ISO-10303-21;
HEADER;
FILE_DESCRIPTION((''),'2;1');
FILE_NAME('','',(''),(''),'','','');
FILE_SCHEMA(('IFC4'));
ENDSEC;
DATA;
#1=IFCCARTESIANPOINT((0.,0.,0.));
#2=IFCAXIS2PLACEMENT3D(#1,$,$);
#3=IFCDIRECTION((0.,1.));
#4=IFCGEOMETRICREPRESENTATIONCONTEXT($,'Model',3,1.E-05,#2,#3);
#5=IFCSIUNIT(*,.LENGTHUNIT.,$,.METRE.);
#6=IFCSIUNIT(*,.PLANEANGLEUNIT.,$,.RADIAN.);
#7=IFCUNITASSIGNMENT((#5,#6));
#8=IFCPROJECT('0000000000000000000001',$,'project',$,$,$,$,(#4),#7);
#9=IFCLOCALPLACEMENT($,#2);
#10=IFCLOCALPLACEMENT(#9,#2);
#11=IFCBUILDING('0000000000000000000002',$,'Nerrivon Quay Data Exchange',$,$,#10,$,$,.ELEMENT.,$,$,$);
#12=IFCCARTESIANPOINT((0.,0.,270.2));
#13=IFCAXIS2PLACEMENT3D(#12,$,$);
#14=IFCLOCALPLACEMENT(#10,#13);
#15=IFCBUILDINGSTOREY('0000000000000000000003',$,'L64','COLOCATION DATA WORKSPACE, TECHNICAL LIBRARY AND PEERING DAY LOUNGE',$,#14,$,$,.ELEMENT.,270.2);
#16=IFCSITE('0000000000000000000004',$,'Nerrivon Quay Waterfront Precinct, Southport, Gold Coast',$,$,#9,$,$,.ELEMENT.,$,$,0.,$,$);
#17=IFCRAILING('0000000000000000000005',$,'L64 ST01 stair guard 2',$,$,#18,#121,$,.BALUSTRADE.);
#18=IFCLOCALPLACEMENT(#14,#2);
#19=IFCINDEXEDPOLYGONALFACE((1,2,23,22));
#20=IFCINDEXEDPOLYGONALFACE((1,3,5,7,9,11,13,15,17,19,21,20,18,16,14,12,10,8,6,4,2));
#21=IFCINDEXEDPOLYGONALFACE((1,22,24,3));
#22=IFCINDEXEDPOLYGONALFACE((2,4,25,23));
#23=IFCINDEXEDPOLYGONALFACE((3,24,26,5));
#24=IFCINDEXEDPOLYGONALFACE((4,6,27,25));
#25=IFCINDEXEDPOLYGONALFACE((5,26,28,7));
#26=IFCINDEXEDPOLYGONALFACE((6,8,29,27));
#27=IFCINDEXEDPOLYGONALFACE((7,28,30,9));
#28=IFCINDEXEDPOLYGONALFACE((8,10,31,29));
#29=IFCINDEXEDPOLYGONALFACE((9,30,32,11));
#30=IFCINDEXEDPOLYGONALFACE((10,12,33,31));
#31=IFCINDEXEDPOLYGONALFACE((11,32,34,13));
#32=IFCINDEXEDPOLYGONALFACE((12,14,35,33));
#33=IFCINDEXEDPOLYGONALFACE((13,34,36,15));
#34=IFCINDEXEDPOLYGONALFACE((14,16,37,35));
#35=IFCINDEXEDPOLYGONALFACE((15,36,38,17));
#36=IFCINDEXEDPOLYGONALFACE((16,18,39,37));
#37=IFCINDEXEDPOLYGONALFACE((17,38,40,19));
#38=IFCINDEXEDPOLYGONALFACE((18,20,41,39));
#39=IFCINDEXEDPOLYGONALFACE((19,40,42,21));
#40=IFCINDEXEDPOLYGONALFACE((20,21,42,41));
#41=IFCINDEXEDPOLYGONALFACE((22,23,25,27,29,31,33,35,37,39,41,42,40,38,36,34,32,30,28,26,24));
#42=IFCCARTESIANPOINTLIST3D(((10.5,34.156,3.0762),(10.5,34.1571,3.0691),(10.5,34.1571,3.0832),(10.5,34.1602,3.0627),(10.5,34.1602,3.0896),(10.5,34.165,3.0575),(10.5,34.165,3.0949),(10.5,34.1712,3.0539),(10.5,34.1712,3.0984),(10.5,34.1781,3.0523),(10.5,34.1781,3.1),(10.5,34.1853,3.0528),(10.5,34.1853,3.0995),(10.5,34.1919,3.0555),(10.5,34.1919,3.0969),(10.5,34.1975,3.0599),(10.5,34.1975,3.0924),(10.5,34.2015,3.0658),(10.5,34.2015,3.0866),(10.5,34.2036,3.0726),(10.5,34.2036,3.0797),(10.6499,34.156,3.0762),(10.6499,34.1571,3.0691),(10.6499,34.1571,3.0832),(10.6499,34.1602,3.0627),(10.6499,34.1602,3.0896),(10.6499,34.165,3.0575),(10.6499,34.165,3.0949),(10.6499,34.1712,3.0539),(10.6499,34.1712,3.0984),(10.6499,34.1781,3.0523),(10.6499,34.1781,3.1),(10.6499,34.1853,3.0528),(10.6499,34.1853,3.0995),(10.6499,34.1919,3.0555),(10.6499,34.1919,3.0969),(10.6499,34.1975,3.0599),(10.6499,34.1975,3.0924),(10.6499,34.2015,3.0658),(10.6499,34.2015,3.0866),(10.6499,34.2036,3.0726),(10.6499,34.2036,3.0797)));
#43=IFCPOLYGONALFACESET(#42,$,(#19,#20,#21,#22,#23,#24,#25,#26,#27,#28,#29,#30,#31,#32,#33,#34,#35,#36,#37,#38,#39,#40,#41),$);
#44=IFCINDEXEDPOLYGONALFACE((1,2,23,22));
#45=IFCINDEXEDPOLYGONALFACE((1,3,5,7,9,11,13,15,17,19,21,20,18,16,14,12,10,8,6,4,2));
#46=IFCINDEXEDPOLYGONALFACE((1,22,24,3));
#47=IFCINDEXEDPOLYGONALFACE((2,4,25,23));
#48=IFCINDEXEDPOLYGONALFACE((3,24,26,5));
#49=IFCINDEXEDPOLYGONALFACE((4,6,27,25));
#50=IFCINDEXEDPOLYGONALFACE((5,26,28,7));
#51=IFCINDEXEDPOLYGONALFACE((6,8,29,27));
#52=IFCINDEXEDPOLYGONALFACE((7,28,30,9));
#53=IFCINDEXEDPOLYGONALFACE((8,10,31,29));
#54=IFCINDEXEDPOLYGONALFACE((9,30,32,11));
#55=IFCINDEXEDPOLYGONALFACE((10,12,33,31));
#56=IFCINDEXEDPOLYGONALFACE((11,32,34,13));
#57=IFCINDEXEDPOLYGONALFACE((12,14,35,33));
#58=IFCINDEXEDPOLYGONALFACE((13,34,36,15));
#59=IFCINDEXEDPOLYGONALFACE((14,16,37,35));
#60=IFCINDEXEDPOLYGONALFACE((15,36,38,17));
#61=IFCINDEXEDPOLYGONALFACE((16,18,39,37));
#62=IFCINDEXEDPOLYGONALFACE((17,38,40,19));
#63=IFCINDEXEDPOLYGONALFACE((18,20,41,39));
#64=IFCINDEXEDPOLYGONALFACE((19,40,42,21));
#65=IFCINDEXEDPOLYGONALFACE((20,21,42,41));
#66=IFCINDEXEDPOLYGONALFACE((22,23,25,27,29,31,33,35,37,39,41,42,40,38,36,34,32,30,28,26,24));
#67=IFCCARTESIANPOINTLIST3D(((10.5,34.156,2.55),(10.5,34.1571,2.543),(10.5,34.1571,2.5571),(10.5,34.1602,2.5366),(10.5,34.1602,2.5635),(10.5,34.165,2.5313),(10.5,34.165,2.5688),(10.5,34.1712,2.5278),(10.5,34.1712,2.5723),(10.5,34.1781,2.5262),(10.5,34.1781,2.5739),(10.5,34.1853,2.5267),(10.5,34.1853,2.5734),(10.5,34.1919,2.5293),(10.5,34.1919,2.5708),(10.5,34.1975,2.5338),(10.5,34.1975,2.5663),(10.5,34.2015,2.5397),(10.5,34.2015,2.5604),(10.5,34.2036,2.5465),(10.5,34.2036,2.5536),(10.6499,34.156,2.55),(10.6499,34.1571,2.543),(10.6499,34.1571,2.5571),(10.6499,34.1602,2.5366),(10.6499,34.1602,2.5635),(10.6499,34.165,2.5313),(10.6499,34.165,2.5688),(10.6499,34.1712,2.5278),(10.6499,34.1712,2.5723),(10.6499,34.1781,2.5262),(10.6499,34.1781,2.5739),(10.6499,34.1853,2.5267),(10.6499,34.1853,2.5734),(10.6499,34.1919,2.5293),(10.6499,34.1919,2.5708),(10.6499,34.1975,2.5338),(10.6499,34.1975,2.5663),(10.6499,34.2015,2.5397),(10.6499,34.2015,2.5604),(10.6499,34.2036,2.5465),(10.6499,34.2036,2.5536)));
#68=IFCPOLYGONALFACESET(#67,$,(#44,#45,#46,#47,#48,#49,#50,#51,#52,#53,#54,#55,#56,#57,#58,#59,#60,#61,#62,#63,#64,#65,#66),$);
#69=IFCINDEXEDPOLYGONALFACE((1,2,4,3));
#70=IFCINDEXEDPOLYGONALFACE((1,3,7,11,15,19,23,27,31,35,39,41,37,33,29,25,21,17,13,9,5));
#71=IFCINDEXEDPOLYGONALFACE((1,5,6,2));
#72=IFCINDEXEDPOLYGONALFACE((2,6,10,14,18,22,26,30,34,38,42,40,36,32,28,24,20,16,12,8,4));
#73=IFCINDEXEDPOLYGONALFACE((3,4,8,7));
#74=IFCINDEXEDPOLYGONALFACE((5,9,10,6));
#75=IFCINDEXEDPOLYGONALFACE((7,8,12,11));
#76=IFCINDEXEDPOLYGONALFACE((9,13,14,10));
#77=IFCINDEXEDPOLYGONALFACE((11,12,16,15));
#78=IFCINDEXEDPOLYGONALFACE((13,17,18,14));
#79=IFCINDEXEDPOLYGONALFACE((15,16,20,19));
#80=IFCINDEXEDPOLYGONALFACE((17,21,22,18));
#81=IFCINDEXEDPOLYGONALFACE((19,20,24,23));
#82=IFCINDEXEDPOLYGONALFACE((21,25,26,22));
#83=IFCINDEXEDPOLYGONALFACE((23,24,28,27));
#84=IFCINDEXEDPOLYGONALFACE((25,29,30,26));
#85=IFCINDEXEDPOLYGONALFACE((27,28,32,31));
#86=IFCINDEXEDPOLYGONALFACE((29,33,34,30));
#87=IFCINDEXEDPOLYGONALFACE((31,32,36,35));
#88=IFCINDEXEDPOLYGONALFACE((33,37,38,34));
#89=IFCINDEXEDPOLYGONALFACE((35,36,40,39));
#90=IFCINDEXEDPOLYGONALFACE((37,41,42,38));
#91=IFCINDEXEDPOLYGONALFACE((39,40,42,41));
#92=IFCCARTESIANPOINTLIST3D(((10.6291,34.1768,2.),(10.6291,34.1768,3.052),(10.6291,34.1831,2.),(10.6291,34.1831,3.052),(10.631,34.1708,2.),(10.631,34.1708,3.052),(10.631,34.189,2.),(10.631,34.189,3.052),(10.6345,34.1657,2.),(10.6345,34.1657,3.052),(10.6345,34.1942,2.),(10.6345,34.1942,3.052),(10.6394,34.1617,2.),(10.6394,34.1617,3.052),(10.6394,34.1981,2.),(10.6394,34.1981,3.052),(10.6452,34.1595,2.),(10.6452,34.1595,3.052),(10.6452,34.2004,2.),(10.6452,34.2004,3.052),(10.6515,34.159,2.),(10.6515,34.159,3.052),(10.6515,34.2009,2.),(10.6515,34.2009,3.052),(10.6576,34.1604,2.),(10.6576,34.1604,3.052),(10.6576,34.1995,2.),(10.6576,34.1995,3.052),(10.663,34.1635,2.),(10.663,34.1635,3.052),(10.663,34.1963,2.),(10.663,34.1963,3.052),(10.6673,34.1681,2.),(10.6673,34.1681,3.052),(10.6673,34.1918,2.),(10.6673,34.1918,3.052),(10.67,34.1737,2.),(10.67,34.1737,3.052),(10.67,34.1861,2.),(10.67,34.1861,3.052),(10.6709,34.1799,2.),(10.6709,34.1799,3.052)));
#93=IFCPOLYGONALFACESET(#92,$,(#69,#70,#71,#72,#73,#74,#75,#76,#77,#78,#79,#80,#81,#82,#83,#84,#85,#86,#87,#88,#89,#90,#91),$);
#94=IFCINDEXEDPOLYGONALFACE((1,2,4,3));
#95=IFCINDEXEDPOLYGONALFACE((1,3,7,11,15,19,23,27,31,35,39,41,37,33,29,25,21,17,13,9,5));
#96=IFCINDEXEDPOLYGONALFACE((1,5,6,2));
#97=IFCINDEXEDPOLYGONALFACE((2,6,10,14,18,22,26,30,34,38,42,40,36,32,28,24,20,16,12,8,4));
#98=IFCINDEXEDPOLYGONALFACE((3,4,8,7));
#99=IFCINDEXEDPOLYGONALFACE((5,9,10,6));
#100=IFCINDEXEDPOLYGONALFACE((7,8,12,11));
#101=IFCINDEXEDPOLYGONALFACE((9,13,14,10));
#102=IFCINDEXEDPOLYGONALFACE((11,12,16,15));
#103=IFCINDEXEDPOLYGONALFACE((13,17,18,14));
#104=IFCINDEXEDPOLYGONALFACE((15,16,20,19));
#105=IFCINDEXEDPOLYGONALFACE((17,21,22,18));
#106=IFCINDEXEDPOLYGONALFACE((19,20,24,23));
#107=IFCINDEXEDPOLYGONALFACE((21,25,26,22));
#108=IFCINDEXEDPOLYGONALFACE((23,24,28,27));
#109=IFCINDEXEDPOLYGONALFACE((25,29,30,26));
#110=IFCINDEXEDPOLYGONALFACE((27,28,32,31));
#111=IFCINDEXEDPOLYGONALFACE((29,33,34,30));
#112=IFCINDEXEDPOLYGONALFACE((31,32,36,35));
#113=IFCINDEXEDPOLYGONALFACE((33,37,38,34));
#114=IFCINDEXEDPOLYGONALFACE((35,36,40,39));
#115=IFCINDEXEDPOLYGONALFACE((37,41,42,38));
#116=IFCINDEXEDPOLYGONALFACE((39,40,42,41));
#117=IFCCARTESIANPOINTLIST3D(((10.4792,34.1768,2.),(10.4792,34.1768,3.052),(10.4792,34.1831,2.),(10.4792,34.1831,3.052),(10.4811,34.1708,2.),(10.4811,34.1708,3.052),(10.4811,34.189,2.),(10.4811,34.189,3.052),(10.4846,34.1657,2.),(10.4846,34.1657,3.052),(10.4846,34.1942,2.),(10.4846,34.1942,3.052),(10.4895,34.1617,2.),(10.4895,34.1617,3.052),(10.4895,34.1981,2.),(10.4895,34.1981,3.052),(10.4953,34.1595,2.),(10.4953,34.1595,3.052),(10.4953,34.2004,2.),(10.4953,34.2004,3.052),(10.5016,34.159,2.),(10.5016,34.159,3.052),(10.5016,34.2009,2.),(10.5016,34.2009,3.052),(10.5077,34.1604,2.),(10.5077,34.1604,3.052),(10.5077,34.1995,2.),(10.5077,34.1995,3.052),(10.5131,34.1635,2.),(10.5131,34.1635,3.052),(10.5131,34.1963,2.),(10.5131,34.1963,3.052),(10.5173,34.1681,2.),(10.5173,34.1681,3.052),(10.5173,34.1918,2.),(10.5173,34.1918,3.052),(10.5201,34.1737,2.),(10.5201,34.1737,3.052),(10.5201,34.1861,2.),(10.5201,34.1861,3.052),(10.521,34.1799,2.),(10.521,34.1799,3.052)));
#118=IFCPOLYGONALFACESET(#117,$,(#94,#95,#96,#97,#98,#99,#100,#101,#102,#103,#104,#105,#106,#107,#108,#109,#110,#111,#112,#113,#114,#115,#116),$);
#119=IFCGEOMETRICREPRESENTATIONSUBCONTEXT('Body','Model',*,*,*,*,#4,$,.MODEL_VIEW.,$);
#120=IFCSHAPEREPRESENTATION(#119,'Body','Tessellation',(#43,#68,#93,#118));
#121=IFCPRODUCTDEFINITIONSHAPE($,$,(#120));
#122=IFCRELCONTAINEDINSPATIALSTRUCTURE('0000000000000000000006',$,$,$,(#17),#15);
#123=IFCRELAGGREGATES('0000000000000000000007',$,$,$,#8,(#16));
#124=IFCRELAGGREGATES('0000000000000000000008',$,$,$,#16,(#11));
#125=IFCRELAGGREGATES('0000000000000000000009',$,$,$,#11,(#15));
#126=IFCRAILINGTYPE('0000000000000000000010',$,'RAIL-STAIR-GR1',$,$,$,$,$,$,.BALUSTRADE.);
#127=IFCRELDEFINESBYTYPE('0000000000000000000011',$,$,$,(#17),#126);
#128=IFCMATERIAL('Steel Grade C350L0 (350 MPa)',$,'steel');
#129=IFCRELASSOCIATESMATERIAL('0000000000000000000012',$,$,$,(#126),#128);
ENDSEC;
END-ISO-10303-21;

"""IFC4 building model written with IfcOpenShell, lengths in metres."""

from ifc_helpers import new_model, si_unit, direction, frame, origin, origin_2d, place, context, subcontext, project, spatial, circle, extrude, material, type_object, element, save


model = new_model("IFC4")

# Units and contexts
model_context = context("Model", 3, precision=1e-05, world=origin(), true_north=direction((0.0, 1.0)))
body_context = subcontext(model_context, "Body", "Model", "MODEL_VIEW")
ifc_project = project(units=[si_unit("LENGTHUNIT", "METRE"), si_unit("PLANEANGLEUNIT", "RADIAN")], contexts=[model_context])

# Site, building, storey
site_placement = place(None, origin())
site = spatial("IfcSite", under=ifc_project, at=site_placement, Name="Nerrivon Quay Waterfront Precinct, Southport, Gold Coast", CompositionType="ELEMENT", RefElevation=0.0)
building_placement = place(site_placement, origin())
building = spatial("IfcBuilding", under=site, at=building_placement, Name="Nerrivon Quay Data Exchange", CompositionType="ELEMENT")
storey_placement = place(building_placement, frame((0.0, 0.0, 270.2)))
storey = spatial("IfcBuildingStorey", under=building, at=storey_placement, Name="L64", Description="COLOCATION DATA WORKSPACE, TECHNICAL LIBRARY AND PEERING DAY LOUNGE", CompositionType="ELEMENT", Elevation=270.2)

# Shared definitions
ifc_material_1 = material(Name="Steel Grade C350L0 (350 MPa)", Category="steel")

# Railing
railing_type_1 = type_object("IfcRailingType", Name="RAIL-STAIR-GR1", PredefinedType="BALUSTRADE", material=ifc_material_1)
railing_1_placement = place(storey_placement, frame((10.6499, 34.1799, 2.0)))
element("IfcRailing", 1, at=railing_1_placement, inside=storey, type_object=railing_type_1, Name="L64 ST01 stair guard 2", PredefinedType="BALUSTRADE", context=body_context, shape_type="SweptSolid", body=[
    extrude(circle(Radius=0.0239, at=origin_2d()), frame((0.0, 0.0, 1.0762), z_axis=(-1.0, 0.0, 0.0), x_axis=(0.0, -1.0, 0.0)), (0.0, 0.0, 1.0), 0.1499),
    extrude(circle(Radius=0.0239, at=origin_2d()), frame((0.0, 0.0, 0.55), z_axis=(-1.0, 0.0, 0.0), x_axis=(0.0, -1.0, 0.0)), (0.0, 0.0, 1.0), 0.1499),
    extrude(circle(Radius=0.021, at=origin_2d()), origin(), (0.0, 0.0, 1.0), 1.052),
    extrude(circle(Radius=0.021, at=origin_2d()), frame((-0.1499, 0.0, 0.0)), (0.0, 0.0, 1.0), 1.052),
])

save(model, "model.ifc")
